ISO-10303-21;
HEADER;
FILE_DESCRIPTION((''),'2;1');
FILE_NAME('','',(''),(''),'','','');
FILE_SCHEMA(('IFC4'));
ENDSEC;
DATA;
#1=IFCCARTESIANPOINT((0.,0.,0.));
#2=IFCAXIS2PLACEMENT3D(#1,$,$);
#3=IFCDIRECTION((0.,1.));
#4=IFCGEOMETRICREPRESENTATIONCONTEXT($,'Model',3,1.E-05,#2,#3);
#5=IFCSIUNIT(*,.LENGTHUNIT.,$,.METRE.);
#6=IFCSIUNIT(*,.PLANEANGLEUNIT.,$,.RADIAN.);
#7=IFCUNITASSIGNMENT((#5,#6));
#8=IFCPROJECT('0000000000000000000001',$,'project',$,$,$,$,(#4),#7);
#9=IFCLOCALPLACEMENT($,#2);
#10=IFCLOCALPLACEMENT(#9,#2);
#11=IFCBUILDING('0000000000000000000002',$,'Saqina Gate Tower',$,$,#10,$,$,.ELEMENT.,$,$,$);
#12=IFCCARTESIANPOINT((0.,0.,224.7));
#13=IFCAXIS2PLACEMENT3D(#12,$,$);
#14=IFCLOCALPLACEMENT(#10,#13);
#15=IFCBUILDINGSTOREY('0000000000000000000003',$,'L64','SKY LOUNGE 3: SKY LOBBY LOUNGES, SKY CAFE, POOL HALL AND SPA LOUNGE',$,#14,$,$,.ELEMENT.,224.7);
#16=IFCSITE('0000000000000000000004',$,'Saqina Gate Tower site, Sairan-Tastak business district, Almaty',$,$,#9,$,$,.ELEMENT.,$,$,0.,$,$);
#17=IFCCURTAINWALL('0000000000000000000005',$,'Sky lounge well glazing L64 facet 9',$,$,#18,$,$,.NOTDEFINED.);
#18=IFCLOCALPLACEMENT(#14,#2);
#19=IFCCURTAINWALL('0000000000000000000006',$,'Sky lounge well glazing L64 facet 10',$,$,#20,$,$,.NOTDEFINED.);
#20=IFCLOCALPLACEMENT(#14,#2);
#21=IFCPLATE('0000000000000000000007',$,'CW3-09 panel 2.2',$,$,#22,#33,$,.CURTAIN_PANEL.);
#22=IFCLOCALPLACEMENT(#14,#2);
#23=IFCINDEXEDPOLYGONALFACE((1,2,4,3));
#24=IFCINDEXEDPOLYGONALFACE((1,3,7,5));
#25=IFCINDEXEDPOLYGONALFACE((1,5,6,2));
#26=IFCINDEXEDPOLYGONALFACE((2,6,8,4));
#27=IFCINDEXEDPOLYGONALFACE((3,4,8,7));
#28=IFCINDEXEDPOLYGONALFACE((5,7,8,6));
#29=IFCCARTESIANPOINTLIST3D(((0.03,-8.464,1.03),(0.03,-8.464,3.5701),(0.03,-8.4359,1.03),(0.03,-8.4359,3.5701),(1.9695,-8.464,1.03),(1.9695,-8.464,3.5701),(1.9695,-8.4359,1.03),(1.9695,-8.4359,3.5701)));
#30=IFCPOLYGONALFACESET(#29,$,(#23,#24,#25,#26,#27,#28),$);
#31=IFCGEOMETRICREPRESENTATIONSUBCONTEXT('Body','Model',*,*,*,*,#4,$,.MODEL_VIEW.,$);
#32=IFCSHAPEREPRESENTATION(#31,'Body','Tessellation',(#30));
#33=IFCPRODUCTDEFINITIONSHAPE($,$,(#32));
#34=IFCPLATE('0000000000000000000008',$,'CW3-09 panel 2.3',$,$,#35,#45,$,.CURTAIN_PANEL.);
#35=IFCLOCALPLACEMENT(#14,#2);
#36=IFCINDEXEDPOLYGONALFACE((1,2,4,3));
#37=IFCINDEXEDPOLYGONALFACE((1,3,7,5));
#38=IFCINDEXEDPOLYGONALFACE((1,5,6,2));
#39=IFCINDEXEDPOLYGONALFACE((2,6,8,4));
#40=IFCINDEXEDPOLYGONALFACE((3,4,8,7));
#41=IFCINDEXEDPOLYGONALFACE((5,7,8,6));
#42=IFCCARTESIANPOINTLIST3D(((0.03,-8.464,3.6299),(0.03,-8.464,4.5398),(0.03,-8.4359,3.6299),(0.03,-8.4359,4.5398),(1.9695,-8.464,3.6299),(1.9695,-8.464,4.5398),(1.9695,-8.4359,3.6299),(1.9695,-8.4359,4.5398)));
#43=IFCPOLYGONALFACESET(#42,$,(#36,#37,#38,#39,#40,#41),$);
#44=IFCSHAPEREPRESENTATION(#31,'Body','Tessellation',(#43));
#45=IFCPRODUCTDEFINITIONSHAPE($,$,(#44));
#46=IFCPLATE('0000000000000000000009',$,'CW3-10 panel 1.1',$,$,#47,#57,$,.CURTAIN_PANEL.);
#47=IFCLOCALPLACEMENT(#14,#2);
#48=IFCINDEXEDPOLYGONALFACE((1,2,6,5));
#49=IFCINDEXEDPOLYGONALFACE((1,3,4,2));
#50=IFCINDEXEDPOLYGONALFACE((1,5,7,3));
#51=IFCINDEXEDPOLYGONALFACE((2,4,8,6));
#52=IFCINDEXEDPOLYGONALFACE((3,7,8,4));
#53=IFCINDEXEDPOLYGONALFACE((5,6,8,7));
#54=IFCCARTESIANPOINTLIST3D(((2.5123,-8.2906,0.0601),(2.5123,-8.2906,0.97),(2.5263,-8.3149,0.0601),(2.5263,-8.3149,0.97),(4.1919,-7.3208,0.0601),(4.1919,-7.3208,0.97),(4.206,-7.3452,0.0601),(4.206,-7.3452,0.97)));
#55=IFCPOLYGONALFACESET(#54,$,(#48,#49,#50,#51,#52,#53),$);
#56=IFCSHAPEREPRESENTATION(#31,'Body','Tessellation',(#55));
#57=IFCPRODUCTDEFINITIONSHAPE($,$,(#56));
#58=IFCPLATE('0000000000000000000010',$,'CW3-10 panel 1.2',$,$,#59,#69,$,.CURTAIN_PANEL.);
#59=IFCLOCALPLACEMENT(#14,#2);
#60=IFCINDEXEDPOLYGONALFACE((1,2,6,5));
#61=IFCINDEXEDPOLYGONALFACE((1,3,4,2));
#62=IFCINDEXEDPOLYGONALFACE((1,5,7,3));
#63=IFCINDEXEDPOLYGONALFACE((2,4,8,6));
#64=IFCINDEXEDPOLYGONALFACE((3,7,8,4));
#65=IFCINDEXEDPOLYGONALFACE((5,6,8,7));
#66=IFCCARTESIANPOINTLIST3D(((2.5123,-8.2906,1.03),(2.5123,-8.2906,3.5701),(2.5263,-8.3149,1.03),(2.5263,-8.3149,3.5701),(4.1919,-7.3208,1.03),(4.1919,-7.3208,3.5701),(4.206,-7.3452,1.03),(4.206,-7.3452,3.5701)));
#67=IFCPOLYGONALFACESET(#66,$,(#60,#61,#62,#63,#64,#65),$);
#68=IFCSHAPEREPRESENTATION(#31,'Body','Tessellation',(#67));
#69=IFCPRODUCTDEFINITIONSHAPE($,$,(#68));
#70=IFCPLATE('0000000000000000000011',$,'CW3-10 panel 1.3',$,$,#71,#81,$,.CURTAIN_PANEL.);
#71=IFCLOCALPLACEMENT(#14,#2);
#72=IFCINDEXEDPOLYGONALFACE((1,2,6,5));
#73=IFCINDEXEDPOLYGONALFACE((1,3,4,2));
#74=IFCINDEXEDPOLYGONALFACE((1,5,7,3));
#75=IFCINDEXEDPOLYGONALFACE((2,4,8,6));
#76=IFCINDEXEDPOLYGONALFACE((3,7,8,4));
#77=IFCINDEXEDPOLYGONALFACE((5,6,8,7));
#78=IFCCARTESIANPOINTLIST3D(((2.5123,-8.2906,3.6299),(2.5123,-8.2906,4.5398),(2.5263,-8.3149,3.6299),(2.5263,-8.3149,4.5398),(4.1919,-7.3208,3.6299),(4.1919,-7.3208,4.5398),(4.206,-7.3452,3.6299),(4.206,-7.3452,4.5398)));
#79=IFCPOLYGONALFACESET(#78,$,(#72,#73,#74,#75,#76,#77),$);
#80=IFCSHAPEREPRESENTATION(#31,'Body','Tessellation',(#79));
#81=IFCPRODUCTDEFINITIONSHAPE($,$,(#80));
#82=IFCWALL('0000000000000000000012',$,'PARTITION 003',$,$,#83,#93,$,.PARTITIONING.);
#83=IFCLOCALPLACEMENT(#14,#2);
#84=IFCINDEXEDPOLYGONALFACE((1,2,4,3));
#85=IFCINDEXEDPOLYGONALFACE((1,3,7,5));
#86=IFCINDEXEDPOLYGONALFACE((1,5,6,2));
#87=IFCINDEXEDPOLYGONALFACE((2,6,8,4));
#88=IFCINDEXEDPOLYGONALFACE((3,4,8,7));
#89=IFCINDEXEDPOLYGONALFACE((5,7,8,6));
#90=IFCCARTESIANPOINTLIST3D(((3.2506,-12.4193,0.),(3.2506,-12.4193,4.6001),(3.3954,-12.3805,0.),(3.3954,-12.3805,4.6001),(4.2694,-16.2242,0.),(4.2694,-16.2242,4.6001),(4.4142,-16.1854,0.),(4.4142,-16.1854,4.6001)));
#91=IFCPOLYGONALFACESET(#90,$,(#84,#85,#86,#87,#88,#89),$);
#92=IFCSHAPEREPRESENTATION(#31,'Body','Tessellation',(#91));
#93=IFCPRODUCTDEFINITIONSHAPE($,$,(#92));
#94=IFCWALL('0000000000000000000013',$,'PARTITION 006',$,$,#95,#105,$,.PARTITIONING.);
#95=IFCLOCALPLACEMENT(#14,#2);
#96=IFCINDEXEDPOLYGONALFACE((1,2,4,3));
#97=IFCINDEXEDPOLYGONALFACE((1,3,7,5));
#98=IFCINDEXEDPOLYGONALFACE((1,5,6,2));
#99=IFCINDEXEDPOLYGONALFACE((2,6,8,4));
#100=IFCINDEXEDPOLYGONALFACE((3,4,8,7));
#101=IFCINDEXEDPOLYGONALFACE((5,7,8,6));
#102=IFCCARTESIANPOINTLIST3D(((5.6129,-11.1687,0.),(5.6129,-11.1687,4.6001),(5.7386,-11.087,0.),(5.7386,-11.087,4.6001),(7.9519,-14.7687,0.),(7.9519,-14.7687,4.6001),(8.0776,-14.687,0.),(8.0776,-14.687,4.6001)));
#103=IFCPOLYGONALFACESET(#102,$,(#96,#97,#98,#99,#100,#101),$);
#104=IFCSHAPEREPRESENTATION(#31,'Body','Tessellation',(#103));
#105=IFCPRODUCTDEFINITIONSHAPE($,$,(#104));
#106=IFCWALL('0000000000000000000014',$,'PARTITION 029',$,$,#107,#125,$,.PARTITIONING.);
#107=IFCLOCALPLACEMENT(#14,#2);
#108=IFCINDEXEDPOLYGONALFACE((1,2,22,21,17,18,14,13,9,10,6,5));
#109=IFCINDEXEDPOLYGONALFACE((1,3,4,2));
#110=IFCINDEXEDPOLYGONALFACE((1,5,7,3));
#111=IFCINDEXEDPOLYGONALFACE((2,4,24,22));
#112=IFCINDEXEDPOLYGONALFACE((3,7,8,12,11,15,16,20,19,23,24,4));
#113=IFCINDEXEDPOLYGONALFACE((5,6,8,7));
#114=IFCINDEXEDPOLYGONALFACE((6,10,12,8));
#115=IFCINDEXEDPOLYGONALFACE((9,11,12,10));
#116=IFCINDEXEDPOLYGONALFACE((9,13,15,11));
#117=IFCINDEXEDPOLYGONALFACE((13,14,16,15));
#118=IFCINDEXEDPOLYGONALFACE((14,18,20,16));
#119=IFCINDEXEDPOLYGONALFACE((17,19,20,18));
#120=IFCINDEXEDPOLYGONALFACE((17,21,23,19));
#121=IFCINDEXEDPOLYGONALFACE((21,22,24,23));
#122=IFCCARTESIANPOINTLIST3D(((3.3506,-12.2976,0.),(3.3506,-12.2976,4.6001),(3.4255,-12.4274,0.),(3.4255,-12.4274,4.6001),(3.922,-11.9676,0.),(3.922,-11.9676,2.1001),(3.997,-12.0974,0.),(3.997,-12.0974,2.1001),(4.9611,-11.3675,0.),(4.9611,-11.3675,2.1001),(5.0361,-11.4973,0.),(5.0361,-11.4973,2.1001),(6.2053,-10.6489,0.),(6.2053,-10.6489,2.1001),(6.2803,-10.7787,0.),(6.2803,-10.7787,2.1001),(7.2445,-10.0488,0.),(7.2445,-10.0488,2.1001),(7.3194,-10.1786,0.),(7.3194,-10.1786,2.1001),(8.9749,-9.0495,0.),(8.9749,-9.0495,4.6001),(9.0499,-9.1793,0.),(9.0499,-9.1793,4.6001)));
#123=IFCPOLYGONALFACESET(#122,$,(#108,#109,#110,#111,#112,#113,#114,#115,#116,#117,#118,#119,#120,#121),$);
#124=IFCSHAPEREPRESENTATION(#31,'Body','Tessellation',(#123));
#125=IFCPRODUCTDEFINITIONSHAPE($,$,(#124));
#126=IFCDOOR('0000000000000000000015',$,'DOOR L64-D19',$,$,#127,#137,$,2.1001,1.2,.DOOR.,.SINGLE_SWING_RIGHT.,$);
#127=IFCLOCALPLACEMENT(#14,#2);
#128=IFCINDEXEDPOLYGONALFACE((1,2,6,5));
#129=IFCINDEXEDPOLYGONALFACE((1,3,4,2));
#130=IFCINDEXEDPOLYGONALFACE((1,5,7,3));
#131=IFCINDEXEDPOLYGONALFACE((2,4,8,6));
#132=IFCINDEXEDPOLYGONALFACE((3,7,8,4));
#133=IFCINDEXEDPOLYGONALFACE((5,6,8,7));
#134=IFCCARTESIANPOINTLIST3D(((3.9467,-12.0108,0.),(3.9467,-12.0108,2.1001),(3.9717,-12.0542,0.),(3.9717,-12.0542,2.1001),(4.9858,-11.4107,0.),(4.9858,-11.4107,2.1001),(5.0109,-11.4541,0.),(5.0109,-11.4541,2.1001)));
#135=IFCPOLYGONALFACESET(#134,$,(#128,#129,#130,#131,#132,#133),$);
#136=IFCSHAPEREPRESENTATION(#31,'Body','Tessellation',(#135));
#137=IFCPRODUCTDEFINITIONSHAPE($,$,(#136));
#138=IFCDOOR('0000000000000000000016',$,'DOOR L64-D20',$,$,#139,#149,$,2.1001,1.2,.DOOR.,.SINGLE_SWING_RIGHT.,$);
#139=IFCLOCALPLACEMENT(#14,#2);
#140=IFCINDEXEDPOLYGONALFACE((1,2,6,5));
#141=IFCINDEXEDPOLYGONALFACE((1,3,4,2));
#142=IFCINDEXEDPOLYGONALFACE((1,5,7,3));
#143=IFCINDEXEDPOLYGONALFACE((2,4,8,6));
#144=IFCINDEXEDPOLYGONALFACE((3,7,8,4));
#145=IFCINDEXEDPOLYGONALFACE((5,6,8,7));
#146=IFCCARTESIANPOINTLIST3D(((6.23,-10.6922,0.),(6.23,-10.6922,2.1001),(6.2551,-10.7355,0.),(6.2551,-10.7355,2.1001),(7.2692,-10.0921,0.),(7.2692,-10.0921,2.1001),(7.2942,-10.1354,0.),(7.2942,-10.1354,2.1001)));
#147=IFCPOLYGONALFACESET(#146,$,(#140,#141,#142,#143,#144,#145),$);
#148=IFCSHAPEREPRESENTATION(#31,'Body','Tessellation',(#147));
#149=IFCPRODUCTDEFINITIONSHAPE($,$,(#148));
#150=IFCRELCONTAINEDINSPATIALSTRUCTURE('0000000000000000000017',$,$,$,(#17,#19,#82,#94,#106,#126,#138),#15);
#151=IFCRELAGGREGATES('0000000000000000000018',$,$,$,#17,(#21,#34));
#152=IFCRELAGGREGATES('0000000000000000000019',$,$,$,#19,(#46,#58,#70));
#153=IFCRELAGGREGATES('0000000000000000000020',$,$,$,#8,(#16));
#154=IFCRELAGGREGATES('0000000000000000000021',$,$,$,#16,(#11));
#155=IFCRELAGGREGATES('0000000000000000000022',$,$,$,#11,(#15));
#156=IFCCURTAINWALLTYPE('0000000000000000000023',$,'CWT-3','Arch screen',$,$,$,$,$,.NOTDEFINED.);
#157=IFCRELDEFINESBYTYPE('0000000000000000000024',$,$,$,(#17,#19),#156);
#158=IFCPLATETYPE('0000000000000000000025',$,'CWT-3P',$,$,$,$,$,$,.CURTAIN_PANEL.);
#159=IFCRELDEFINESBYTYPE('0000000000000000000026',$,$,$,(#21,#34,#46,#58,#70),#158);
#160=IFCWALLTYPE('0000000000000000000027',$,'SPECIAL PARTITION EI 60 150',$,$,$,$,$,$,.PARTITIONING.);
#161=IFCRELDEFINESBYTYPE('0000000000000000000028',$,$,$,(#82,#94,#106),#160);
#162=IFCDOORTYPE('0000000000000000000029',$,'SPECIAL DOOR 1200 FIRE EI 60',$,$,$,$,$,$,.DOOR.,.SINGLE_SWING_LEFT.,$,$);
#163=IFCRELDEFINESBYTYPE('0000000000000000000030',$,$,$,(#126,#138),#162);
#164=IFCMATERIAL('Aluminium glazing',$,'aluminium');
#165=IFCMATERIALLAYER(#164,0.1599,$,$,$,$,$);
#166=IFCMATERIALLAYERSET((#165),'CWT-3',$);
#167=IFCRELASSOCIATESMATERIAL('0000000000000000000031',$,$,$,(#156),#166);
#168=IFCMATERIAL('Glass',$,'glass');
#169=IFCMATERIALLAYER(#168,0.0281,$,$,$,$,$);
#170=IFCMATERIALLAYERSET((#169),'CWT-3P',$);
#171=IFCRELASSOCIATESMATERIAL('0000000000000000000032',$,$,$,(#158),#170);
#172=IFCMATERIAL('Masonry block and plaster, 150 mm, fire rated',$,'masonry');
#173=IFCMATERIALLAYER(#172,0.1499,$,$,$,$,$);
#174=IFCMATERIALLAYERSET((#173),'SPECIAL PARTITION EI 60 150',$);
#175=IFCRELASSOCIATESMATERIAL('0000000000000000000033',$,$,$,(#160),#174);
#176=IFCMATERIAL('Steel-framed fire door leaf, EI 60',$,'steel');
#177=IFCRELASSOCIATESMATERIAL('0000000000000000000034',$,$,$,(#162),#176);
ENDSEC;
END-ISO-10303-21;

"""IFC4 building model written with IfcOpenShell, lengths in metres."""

from ifc_helpers import new_model, si_unit, direction, frame, frame_2d, origin, origin_2d, place, context, subcontext, project, spatial, rectangle, extrude, material, layer, layer_set, type_object, element, fill, aggregate, save


model = new_model("IFC4")

# Units and contexts
model_context = context("Model", 3, precision=1e-05, world=origin(), true_north=direction((0.0, 1.0)))
body_context = subcontext(model_context, "Body", "Model", "MODEL_VIEW")
ifc_project = project(units=[si_unit("LENGTHUNIT", "METRE"), si_unit("PLANEANGLEUNIT", "RADIAN")], contexts=[model_context])

# Site, building, storey
site_placement = place(None, origin())
site = spatial("IfcSite", under=ifc_project, at=site_placement, Name="Saqina Gate Tower site, Sairan-Tastak business district, Almaty", CompositionType="ELEMENT", RefElevation=0.0)
building_placement = place(site_placement, origin())
building = spatial("IfcBuilding", under=site, at=building_placement, Name="Saqina Gate Tower", CompositionType="ELEMENT")
storey_placement = place(building_placement, frame((0.0, 0.0, 224.7)))
storey = spatial("IfcBuildingStorey", under=building, at=storey_placement, Name="L64", Description="SKY LOUNGE 3: SKY LOBBY LOUNGES, SKY CAFE, POOL HALL AND SPA LOUNGE", CompositionType="ELEMENT", Elevation=224.7)

# Curtain walls
ifc_material_1 = material(Name="Aluminium glazing", Category="aluminium")
ifc_layer_1 = layer(ifc_material_1, 0.1599)
ifc_layer_set_1 = layer_set([ifc_layer_1], Name="CWT-3")
curtain_wall_type = type_object("IfcCurtainWallType", Name="CWT-3", Description="Arch screen", PredefinedType="NOTDEFINED", material=ifc_layer_set_1)
curtain_wall_1_placement = place(storey_placement, origin())
curtain_wall_1 = element("IfcCurtainWall", 1, at=curtain_wall_1_placement, inside=storey, type_object=curtain_wall_type, Name="Sky lounge well glazing L64 facet 9", PredefinedType="NOTDEFINED")
curtain_wall_2_placement = place(storey_placement, origin())
curtain_wall_2 = element("IfcCurtainWall", 2, at=curtain_wall_2_placement, inside=storey, type_object=curtain_wall_type, Name="Sky lounge well glazing L64 facet 10", PredefinedType="NOTDEFINED")

# Plates
ifc_material_2 = material(Name="Glass", Category="glass")
ifc_layer_2 = layer(ifc_material_2, 0.0281)
ifc_layer_set_2 = layer_set([ifc_layer_2], Name="CWT-3P")
plate_type = type_object("IfcPlateType", Name="CWT-3P", PredefinedType="CURTAIN_PANEL", material=ifc_layer_set_2)
plate_1_placement = place(storey_placement, frame((0.9998, -8.45, 1.03), z_axis=(0.0, 0.0, 1.0), x_axis=(1.0, 0.0, 0.0)))
plate_1 = element("IfcPlate", 3, at=plate_1_placement, type_object=plate_type, Name="CW3-09 panel 2.2", PredefinedType="CURTAIN_PANEL", context=body_context, shape_type="SweptSolid", body=[
    extrude(rectangle(XDim=1.9395, YDim=0.0281, at=origin_2d()), origin(), (0.0, 0.0, 1.0), 2.54),
])
plate_2_placement = place(storey_placement, frame((0.9998, -8.45, 3.6299), z_axis=(0.0, 0.0, 1.0), x_axis=(1.0, 0.0, 0.0)))
plate_2 = element("IfcPlate", 4, at=plate_2_placement, type_object=plate_type, Name="CW3-09 panel 2.3", PredefinedType="CURTAIN_PANEL", context=body_context, shape_type="SweptSolid", body=[
    extrude(rectangle(XDim=1.9395, YDim=0.0281, at=origin_2d()), origin(), (0.0, 0.0, 1.0), 0.9099),
])
aggregate(curtain_wall_1, [plate_1, plate_2])
plate_3_placement = place(storey_placement, frame((3.3591, -7.8179, 0.0601), z_axis=(0.0, 0.0, 1.0), x_axis=(0.866024, 0.500003, 0.0)))
plate_3 = element("IfcPlate", 5, at=plate_3_placement, type_object=plate_type, Name="CW3-10 panel 1.1", PredefinedType="CURTAIN_PANEL", context=body_context, shape_type="SweptSolid", body=[
    extrude(rectangle(XDim=1.9395, YDim=0.0281, at=origin_2d()), origin(), (0.0, 0.0, 1.0), 0.9099),
])
plate_4_placement = place(storey_placement, frame((3.3591, -7.8179, 1.03), z_axis=(0.0, 0.0, 1.0), x_axis=(0.866024, 0.500003, 0.0)))
plate_4 = element("IfcPlate", 6, at=plate_4_placement, type_object=plate_type, Name="CW3-10 panel 1.2", PredefinedType="CURTAIN_PANEL", context=body_context, shape_type="SweptSolid", body=[
    extrude(rectangle(XDim=1.9395, YDim=0.0281, at=origin_2d()), origin(), (0.0, 0.0, 1.0), 2.54),
])
plate_5_placement = place(storey_placement, frame((3.3591, -7.8179, 3.6299), z_axis=(0.0, 0.0, 1.0), x_axis=(0.866024, 0.500003, 0.0)))
plate_5 = element("IfcPlate", 7, at=plate_5_placement, type_object=plate_type, Name="CW3-10 panel 1.3", PredefinedType="CURTAIN_PANEL", context=body_context, shape_type="SweptSolid", body=[
    extrude(rectangle(XDim=1.9395, YDim=0.0281, at=origin_2d()), origin(), (0.0, 0.0, 1.0), 0.9099),
])
aggregate(curtain_wall_2, [plate_3, plate_4, plate_5])

# Walls
ifc_material_3 = material(Name="Masonry block and plaster, 150 mm, fire rated", Category="masonry")
ifc_layer_3 = layer(ifc_material_3, 0.1499)
ifc_layer_set_3 = layer_set([ifc_layer_3], Name="SPECIAL PARTITION EI 60 150")
wall_type = type_object("IfcWallType", Name="SPECIAL PARTITION EI 60 150", PredefinedType="PARTITIONING", material=ifc_layer_set_3)
wall_1_placement = place(storey_placement, frame((3.323, -12.3999, 0.0), z_axis=(0.0, 0.0, 1.0), x_axis=(0.258646, -0.965972, 0.0)))
element("IfcWall", 8, at=wall_1_placement, inside=storey, type_object=wall_type, Name="PARTITION 003", PredefinedType="PARTITIONING", context=body_context, shape_type="SweptSolid", body=[
    extrude(rectangle(XDim=3.939, YDim=0.1499, at=frame_2d((1.9695, 0.0))), origin(), (0.0, 0.0, 1.0), 4.6001),
])
wall_2_placement = place(storey_placement, frame((5.6758, -11.1279, 0.0), z_axis=(0.0, 0.0, 1.0), x_axis=(0.544832, -0.838545, 0.0)))
element("IfcWall", 9, at=wall_2_placement, inside=storey, type_object=wall_type, Name="PARTITION 006", PredefinedType="PARTITIONING", context=body_context, shape_type="SweptSolid", body=[
    extrude(rectangle(XDim=4.2932, YDim=0.1499, at=frame_2d((2.1465, 0.0))), origin(), (0.0, 0.0, 1.0), 4.6001),
])

# Wall, openings, doors
wall_3_placement = place(storey_placement, frame((3.3879, -12.3625, 0.0), z_axis=(0.0, 0.0, 1.0), x_axis=(0.865967, 0.500101, 0.0)))
wall_3 = element("IfcWall", 10, at=wall_3_placement, inside=storey, type_object=wall_type, Name="PARTITION 029", PredefinedType="PARTITIONING", context=body_context, shape_type="SweptSolid", body=[
    extrude(rectangle(XDim=6.4949, YDim=0.1499, at=frame_2d((3.2476, 0.0))), origin(), (0.0, 0.0, 1.0), 4.6001),
])
opening_1_placement = place(wall_3_placement, frame((0.6599, 0.0, 0.0)))
opening_1 = element("IfcOpeningElement", 11, at=opening_1_placement, cuts=wall_3, PredefinedType="OPENING", context=body_context, shape_type="SweptSolid", body=[
    extrude(rectangle(XDim=1.2, YDim=2.1001, at=frame_2d((0.6001, 1.05))), frame((0.0, 0.0869, 0.0), z_axis=(0.0, -1.0, 0.0), x_axis=(1.0, 0.0, 0.0)), (0.0, 0.0, 1.0), 0.1738),
])
opening_2_placement = place(wall_3_placement, frame((3.2966, 0.0, 0.0)))
opening_2 = element("IfcOpeningElement", 12, at=opening_2_placement, cuts=wall_3, PredefinedType="OPENING", context=body_context, shape_type="SweptSolid", body=[
    extrude(rectangle(XDim=1.2, YDim=2.1001, at=frame_2d((0.6001, 1.05))), frame((0.0, 0.0869, 0.0), z_axis=(0.0, -1.0, 0.0), x_axis=(1.0, 0.0, 0.0)), (0.0, 0.0, 1.0), 0.1738),
])
ifc_material_4 = material(Name="Steel-framed fire door leaf, EI 60", Category="steel")
door_type = type_object("IfcDoorType", Name="SPECIAL DOOR 1200 FIRE EI 60", OperationType="SINGLE_SWING_LEFT", PredefinedType="DOOR", material=ifc_material_4)
door_1_placement = place(opening_1_placement, frame((1.2, 0.0, 0.0), z_axis=(0.0, 0.0, 1.0), x_axis=(-1.0, 0.0, 0.0)))
door_1 = element("IfcDoor", 13, at=door_1_placement, inside=storey, type_object=door_type, Name="DOOR L64-D19", OperationType="SINGLE_SWING_RIGHT", OverallHeight=2.1001, OverallWidth=1.2, PredefinedType="DOOR", context=body_context, shape_type="SweptSolid", body=[
    extrude(rectangle(XDim=1.2, YDim=2.1001, at=frame_2d((0.6001, 1.05))), frame((0.0, 0.0249, 0.0), z_axis=(0.0, -1.0, 0.0), x_axis=(1.0, 0.0, 0.0)), (0.0, 0.0, 1.0), 0.05),
])
fill(opening_1, door_1)
door_2_placement = place(opening_2_placement, frame((1.2, 0.0, 0.0), z_axis=(0.0, 0.0, 1.0), x_axis=(-1.0, 0.0, 0.0)))
door_2 = element("IfcDoor", 14, at=door_2_placement, inside=storey, type_object=door_type, Name="DOOR L64-D20", OperationType="SINGLE_SWING_RIGHT", OverallHeight=2.1001, OverallWidth=1.2, PredefinedType="DOOR", context=body_context, shape_type="SweptSolid", body=[
    extrude(rectangle(XDim=1.2, YDim=2.1001, at=frame_2d((0.6001, 1.05))), frame((0.0, 0.0249, 0.0), z_axis=(0.0, -1.0, 0.0), x_axis=(1.0, 0.0, 0.0)), (0.0, 0.0, 1.0), 0.05),
])
fill(opening_2, door_2)

save(model, "model.ifc")
